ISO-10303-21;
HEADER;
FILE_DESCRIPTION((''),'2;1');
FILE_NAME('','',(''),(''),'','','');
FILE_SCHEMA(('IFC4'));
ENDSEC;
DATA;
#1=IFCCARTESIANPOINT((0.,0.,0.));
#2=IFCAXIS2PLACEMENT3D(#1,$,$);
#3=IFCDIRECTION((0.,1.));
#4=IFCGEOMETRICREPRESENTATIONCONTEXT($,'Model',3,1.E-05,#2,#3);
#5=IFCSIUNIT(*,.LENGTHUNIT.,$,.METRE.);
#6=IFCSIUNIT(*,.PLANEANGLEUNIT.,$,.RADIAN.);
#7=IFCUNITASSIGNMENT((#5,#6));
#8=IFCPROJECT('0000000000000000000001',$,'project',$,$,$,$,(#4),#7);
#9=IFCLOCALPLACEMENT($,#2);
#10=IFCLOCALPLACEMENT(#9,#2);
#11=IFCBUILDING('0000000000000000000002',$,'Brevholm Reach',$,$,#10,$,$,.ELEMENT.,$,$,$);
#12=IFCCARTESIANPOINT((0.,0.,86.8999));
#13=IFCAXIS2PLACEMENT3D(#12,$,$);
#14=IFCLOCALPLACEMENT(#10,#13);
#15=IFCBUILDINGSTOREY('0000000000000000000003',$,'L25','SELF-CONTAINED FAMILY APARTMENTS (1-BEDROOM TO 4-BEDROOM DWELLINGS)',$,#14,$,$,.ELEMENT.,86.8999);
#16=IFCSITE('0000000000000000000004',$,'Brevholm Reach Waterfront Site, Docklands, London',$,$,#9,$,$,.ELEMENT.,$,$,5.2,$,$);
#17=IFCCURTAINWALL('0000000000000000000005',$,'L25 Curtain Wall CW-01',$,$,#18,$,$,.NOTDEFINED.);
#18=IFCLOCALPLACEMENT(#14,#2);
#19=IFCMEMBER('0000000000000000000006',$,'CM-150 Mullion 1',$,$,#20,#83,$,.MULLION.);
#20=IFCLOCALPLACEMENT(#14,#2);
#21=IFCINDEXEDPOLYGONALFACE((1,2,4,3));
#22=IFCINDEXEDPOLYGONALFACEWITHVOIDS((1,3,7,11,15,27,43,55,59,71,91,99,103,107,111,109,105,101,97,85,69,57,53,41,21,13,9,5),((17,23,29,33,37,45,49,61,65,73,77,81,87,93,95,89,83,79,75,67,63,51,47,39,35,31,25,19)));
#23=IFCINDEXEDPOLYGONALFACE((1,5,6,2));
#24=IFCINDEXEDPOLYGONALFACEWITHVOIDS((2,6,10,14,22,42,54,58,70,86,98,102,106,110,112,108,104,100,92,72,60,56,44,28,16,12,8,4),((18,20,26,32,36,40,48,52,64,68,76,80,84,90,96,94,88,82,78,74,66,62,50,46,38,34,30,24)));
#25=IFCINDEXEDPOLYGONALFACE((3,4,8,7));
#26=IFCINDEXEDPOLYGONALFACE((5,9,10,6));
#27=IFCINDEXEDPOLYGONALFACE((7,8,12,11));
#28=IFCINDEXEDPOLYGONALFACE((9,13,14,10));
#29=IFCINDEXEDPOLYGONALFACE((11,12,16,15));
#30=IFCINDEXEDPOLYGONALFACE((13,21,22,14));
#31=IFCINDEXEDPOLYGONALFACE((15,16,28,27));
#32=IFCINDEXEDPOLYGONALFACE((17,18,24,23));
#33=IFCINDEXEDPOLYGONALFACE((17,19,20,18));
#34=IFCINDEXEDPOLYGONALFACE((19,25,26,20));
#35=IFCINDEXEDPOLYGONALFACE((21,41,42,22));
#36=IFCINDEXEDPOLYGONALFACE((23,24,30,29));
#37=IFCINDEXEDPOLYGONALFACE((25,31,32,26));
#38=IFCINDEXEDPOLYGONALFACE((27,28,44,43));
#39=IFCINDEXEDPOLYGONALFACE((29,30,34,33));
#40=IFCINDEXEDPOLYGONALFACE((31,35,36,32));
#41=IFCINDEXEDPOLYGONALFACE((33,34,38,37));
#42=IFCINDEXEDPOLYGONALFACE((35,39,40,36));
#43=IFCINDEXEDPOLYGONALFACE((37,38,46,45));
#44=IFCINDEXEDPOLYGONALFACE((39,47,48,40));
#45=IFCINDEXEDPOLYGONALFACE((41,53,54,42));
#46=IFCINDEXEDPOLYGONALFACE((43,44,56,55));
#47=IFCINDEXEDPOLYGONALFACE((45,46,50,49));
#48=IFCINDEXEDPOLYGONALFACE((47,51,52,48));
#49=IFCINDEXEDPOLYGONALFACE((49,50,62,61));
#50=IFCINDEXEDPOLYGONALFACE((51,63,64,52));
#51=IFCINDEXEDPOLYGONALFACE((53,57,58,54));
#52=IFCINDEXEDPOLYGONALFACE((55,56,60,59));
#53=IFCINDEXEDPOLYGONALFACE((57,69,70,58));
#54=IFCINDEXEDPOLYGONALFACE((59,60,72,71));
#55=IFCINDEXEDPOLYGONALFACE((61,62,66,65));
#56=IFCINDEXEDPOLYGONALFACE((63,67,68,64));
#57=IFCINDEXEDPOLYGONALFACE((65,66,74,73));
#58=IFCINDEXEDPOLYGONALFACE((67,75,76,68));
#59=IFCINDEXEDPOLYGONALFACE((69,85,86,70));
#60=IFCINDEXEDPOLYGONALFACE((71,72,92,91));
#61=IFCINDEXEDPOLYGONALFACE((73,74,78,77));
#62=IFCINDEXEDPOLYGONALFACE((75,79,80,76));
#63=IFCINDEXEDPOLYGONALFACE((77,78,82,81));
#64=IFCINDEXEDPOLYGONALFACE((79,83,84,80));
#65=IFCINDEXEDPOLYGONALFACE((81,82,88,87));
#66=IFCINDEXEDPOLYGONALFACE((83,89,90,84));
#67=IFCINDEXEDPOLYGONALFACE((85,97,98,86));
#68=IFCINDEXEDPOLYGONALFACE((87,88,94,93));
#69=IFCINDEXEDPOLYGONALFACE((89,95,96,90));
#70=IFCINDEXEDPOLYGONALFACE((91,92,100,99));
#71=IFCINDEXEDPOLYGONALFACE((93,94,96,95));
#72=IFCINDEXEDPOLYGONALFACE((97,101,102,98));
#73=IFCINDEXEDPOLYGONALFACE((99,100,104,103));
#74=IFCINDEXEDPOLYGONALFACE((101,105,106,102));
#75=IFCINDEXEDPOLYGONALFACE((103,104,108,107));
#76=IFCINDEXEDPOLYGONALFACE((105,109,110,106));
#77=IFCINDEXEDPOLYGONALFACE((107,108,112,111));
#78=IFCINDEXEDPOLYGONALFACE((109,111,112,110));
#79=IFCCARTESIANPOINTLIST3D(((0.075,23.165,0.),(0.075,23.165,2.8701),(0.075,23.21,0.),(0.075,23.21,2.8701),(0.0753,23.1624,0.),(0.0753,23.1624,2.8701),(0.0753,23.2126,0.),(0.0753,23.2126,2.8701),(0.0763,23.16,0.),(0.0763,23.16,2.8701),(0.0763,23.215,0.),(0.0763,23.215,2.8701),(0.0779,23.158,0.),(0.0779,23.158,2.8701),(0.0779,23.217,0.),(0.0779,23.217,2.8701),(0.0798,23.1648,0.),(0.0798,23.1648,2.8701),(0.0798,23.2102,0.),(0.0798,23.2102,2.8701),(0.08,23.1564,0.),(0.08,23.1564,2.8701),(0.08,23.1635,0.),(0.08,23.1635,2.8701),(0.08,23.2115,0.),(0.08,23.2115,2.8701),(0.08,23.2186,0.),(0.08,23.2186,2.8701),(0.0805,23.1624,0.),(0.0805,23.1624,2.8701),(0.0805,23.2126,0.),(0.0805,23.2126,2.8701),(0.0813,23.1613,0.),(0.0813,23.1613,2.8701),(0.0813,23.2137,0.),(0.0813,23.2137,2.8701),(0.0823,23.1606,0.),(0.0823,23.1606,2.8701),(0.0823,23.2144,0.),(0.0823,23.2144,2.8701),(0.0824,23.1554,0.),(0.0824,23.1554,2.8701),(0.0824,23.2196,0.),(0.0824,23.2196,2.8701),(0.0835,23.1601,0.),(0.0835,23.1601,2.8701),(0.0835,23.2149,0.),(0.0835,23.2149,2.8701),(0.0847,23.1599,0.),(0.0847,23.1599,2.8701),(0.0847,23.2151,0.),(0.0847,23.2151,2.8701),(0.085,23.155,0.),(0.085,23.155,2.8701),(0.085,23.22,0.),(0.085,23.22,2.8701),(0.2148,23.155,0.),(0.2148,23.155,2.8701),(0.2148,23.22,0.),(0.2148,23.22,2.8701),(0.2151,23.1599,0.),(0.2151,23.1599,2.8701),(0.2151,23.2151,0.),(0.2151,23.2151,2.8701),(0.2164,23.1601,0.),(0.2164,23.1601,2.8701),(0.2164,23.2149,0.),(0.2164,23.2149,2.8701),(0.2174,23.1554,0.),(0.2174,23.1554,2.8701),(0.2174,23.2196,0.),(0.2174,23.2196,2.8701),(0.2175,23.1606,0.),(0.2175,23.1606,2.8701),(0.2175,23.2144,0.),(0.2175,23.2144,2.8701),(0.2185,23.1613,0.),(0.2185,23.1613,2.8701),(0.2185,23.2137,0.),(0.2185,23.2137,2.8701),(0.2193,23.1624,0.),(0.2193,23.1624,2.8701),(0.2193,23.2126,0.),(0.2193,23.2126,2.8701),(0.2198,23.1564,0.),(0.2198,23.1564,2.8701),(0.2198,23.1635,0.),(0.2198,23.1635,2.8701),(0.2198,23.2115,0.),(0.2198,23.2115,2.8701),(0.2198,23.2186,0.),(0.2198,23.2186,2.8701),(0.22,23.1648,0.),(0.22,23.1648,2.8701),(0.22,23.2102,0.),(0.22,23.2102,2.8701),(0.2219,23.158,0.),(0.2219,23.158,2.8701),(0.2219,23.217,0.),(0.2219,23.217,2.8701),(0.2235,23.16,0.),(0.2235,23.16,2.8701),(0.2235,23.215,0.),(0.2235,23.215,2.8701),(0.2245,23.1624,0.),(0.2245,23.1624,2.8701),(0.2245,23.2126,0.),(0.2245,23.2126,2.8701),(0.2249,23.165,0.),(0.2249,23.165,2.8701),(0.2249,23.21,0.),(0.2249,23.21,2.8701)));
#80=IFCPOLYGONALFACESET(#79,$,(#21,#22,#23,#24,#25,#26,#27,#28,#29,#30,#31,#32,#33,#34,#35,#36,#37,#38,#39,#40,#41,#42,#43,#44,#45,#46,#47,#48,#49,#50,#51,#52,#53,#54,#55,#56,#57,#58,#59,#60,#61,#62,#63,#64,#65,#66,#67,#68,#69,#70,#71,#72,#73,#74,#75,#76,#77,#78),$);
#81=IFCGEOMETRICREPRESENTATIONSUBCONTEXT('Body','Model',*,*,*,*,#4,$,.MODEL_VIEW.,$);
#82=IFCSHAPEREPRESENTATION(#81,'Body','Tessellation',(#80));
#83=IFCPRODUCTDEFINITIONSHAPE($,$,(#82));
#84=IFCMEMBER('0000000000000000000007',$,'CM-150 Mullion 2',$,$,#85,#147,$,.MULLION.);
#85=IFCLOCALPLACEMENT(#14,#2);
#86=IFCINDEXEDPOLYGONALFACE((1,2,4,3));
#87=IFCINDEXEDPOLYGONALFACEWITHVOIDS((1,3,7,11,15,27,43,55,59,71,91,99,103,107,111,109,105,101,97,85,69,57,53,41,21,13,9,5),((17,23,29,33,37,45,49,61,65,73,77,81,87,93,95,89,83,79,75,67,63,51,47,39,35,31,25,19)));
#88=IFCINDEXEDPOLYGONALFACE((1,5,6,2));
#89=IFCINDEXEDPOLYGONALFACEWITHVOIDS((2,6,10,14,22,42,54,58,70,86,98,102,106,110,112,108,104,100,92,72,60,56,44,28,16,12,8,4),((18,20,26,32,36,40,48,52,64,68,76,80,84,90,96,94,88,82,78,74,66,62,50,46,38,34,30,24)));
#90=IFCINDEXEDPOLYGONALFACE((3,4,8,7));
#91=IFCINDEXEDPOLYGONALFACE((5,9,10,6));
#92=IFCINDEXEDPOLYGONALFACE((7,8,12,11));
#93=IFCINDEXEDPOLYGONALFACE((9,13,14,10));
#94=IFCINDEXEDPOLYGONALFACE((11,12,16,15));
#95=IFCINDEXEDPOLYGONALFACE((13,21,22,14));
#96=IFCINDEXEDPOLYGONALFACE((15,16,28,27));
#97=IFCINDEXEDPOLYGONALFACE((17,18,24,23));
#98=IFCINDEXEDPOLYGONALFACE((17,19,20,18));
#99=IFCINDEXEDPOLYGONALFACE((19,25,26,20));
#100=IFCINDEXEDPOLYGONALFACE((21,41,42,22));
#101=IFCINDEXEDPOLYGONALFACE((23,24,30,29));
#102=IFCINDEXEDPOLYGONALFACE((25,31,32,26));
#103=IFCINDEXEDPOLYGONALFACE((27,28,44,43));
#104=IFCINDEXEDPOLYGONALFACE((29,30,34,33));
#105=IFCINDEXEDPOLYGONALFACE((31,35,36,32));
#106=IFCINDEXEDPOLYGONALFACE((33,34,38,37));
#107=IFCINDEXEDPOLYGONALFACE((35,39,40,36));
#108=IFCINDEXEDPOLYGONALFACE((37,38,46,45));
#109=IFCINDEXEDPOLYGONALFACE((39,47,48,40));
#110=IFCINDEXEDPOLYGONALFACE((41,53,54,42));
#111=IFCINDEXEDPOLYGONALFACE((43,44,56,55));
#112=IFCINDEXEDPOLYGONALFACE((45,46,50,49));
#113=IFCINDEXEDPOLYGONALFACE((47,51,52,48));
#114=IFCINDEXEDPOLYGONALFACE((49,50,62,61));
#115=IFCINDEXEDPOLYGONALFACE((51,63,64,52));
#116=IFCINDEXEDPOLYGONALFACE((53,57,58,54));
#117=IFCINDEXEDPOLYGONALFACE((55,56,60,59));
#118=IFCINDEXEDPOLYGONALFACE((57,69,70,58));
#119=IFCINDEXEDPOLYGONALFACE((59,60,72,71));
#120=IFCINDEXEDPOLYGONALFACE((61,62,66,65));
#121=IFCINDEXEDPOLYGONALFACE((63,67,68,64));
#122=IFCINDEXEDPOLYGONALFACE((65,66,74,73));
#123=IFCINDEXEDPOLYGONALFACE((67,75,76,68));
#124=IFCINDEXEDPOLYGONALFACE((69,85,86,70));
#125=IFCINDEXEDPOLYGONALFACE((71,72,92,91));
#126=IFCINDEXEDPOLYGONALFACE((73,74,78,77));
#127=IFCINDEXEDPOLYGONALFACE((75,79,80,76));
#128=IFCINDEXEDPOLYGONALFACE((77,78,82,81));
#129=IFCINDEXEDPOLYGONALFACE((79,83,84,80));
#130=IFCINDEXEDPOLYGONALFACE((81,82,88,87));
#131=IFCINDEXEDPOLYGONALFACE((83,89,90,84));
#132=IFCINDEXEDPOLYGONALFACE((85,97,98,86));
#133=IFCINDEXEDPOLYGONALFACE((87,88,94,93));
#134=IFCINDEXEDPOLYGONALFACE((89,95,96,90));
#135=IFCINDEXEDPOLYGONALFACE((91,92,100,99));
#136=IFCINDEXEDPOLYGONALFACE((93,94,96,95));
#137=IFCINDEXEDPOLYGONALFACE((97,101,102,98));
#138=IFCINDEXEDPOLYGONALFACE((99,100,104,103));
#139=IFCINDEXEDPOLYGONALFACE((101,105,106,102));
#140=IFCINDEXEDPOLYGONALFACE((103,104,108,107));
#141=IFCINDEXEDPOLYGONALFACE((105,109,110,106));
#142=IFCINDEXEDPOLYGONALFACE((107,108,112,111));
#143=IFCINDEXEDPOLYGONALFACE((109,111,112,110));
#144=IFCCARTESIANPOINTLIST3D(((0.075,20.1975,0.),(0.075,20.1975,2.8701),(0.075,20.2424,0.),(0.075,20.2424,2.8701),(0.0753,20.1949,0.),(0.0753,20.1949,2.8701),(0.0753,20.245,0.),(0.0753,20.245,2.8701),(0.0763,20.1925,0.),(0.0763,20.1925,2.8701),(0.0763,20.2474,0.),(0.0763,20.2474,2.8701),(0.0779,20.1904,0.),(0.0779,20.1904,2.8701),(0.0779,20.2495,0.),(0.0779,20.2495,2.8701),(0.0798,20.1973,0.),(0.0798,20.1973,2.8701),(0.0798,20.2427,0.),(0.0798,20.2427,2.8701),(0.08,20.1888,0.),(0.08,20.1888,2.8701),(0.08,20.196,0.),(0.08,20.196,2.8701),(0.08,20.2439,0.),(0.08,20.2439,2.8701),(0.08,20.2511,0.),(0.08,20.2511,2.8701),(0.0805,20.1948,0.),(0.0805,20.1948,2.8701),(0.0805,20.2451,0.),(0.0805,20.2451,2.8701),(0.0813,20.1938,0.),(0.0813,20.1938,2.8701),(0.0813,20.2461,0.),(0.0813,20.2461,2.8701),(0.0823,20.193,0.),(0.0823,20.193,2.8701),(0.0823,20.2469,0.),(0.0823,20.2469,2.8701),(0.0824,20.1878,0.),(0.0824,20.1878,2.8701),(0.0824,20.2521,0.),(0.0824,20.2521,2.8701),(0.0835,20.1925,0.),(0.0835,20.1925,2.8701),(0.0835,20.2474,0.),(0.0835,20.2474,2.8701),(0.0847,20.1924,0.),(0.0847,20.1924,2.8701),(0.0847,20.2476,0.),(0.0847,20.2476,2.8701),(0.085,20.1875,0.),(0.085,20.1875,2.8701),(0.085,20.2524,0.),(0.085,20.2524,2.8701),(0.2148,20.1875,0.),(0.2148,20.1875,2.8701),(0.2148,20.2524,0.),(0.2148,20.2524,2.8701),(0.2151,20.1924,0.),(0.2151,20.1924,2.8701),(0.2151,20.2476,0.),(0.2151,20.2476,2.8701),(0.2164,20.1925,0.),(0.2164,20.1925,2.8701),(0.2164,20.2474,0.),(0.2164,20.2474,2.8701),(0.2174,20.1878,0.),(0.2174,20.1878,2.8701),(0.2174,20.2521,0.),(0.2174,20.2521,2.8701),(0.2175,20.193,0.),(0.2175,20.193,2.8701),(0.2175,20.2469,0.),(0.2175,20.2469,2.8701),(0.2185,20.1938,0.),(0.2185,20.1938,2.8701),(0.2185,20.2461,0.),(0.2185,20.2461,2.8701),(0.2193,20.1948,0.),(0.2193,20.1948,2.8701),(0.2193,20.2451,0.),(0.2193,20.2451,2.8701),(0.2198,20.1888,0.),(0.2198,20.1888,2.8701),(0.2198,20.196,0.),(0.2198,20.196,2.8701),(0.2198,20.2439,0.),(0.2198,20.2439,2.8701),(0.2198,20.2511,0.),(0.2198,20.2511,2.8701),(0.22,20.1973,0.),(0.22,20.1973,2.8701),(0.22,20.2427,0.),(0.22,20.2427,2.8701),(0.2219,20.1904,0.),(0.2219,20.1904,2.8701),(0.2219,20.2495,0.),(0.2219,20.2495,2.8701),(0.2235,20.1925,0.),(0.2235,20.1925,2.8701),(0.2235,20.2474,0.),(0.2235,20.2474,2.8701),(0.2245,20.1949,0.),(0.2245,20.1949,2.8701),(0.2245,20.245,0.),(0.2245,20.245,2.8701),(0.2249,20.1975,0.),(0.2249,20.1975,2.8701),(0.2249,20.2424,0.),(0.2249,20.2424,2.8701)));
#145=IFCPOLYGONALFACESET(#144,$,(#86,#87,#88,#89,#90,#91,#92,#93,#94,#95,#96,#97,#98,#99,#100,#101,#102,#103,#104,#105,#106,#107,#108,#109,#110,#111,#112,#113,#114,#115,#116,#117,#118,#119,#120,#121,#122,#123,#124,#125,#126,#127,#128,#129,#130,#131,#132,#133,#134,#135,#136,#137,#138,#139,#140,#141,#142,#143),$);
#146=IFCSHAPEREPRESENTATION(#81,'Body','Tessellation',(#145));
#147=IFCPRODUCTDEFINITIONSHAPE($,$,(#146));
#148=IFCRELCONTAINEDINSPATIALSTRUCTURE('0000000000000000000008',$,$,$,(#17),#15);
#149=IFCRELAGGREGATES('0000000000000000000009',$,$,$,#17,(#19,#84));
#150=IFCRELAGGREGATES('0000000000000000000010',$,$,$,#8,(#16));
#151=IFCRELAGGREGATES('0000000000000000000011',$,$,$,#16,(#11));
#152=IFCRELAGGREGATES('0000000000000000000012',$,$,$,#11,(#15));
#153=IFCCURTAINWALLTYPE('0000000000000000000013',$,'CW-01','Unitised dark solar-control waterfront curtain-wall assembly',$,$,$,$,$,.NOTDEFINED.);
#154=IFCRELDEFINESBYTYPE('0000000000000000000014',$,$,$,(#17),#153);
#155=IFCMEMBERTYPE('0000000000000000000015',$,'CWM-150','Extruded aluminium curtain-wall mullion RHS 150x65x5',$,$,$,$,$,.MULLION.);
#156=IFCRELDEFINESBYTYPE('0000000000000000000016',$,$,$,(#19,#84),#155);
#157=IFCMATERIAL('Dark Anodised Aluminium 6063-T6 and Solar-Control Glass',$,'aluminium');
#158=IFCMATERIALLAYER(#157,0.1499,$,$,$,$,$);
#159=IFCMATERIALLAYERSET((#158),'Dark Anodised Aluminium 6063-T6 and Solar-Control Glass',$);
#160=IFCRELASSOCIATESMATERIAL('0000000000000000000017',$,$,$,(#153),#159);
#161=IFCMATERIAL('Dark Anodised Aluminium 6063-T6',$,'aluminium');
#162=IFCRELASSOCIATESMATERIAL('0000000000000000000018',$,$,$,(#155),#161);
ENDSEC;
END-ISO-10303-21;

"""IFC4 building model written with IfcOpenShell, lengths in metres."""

from ifc_helpers import new_model, si_unit, direction, frame, origin, origin_2d, place, context, subcontext, project, spatial, hollow_rectangle, extrude, material, layer, layer_set, material_profile, profile_set, type_object, element, aggregate, save


model = new_model("IFC4")

# Units and contexts
model_context = context("Model", 3, precision=1e-05, world=origin(), true_north=direction((0.0, 1.0)))
body_context = subcontext(model_context, "Body", "Model", "MODEL_VIEW")
ifc_project = project(units=[si_unit("LENGTHUNIT", "METRE"), si_unit("PLANEANGLEUNIT", "RADIAN")], contexts=[model_context])

# Site, building, storey
site_placement = place(None, origin())
site = spatial("IfcSite", under=ifc_project, at=site_placement, Name="Brevholm Reach Waterfront Site, Docklands, London", CompositionType="ELEMENT", RefElevation=5.2)
building_placement = place(site_placement, origin())
building = spatial("IfcBuilding", under=site, at=building_placement, Name="Brevholm Reach", CompositionType="ELEMENT")
storey_placement = place(building_placement, frame((0.0, 0.0, 86.8999)))
storey = spatial("IfcBuildingStorey", under=building, at=storey_placement, Name="L25", Description="SELF-CONTAINED FAMILY APARTMENTS (1-BEDROOM TO 4-BEDROOM DWELLINGS)", CompositionType="ELEMENT", Elevation=86.8999)

# Curtain wall, members
ifc_material_1 = material(Name="Dark Anodised Aluminium 6063-T6 and Solar-Control Glass", Category="aluminium")
ifc_layer_1 = layer(ifc_material_1, 0.1499)
ifc_layer_set_1 = layer_set([ifc_layer_1], Name="Dark Anodised Aluminium 6063-T6 and Solar-Control Glass")
curtain_wall_type = type_object("IfcCurtainWallType", Name="CW-01", Description="Unitised dark solar-control waterfront curtain-wall assembly", PredefinedType="NOTDEFINED", material=ifc_layer_set_1)
curtain_wall_placement = place(storey_placement, origin())
curtain_wall = element("IfcCurtainWall", 1, at=curtain_wall_placement, inside=storey, type_object=curtain_wall_type, Name="L25 Curtain Wall CW-01", PredefinedType="NOTDEFINED")
ifc_material_2 = material(Name="Dark Anodised Aluminium 6063-T6", Category="aluminium")
ifc_material_profile_1 = material_profile(ifc_material_2, hollow_rectangle(XDim=0.0649, YDim=0.1499, WallThickness=0.0049, InnerFilletRadius=0.0049, OuterFilletRadius=0.01, at=origin_2d()), Name="RHS 150x65x5")
ifc_profile_set_1 = profile_set([ifc_material_profile_1], Name="Dark Anodised Aluminium 6063-T6")
member_type_1 = type_object("IfcMemberType", Name="CWM-150", Description="Extruded aluminium curtain-wall mullion RHS 150x65x5", PredefinedType="MULLION", material=ifc_profile_set_1)
member_1_placement = place(storey_placement, frame((0.1499, 23.1875, 0.0), z_axis=(0.0, 0.0, 1.0), x_axis=(0.0, -1.0, 0.0)))
member_1 = element("IfcMember", 2, at=member_1_placement, type_object=member_type_1, Name="CM-150 Mullion 1", PredefinedType="MULLION", context=body_context, shape_type="SweptSolid", body=[
    extrude(hollow_rectangle(XDim=0.0649, YDim=0.1499, WallThickness=0.0049, InnerFilletRadius=0.0049, OuterFilletRadius=0.01, at=origin_2d()), origin(), (0.0, 0.0, 1.0), 2.8701),
])
member_2_placement = place(storey_placement, frame((0.1499, 20.22, 0.0), z_axis=(0.0, 0.0, 1.0), x_axis=(0.0, -1.0, 0.0)))
member_2 = element("IfcMember", 3, at=member_2_placement, type_object=member_type_1, Name="CM-150 Mullion 2", PredefinedType="MULLION", context=body_context, shape_type="SweptSolid", body=[
    extrude(hollow_rectangle(XDim=0.0649, YDim=0.1499, WallThickness=0.0049, InnerFilletRadius=0.0049, OuterFilletRadius=0.01, at=origin_2d()), origin(), (0.0, 0.0, 1.0), 2.8701),
])
aggregate(curtain_wall, [member_1, member_2])

save(model, "model.ifc")
